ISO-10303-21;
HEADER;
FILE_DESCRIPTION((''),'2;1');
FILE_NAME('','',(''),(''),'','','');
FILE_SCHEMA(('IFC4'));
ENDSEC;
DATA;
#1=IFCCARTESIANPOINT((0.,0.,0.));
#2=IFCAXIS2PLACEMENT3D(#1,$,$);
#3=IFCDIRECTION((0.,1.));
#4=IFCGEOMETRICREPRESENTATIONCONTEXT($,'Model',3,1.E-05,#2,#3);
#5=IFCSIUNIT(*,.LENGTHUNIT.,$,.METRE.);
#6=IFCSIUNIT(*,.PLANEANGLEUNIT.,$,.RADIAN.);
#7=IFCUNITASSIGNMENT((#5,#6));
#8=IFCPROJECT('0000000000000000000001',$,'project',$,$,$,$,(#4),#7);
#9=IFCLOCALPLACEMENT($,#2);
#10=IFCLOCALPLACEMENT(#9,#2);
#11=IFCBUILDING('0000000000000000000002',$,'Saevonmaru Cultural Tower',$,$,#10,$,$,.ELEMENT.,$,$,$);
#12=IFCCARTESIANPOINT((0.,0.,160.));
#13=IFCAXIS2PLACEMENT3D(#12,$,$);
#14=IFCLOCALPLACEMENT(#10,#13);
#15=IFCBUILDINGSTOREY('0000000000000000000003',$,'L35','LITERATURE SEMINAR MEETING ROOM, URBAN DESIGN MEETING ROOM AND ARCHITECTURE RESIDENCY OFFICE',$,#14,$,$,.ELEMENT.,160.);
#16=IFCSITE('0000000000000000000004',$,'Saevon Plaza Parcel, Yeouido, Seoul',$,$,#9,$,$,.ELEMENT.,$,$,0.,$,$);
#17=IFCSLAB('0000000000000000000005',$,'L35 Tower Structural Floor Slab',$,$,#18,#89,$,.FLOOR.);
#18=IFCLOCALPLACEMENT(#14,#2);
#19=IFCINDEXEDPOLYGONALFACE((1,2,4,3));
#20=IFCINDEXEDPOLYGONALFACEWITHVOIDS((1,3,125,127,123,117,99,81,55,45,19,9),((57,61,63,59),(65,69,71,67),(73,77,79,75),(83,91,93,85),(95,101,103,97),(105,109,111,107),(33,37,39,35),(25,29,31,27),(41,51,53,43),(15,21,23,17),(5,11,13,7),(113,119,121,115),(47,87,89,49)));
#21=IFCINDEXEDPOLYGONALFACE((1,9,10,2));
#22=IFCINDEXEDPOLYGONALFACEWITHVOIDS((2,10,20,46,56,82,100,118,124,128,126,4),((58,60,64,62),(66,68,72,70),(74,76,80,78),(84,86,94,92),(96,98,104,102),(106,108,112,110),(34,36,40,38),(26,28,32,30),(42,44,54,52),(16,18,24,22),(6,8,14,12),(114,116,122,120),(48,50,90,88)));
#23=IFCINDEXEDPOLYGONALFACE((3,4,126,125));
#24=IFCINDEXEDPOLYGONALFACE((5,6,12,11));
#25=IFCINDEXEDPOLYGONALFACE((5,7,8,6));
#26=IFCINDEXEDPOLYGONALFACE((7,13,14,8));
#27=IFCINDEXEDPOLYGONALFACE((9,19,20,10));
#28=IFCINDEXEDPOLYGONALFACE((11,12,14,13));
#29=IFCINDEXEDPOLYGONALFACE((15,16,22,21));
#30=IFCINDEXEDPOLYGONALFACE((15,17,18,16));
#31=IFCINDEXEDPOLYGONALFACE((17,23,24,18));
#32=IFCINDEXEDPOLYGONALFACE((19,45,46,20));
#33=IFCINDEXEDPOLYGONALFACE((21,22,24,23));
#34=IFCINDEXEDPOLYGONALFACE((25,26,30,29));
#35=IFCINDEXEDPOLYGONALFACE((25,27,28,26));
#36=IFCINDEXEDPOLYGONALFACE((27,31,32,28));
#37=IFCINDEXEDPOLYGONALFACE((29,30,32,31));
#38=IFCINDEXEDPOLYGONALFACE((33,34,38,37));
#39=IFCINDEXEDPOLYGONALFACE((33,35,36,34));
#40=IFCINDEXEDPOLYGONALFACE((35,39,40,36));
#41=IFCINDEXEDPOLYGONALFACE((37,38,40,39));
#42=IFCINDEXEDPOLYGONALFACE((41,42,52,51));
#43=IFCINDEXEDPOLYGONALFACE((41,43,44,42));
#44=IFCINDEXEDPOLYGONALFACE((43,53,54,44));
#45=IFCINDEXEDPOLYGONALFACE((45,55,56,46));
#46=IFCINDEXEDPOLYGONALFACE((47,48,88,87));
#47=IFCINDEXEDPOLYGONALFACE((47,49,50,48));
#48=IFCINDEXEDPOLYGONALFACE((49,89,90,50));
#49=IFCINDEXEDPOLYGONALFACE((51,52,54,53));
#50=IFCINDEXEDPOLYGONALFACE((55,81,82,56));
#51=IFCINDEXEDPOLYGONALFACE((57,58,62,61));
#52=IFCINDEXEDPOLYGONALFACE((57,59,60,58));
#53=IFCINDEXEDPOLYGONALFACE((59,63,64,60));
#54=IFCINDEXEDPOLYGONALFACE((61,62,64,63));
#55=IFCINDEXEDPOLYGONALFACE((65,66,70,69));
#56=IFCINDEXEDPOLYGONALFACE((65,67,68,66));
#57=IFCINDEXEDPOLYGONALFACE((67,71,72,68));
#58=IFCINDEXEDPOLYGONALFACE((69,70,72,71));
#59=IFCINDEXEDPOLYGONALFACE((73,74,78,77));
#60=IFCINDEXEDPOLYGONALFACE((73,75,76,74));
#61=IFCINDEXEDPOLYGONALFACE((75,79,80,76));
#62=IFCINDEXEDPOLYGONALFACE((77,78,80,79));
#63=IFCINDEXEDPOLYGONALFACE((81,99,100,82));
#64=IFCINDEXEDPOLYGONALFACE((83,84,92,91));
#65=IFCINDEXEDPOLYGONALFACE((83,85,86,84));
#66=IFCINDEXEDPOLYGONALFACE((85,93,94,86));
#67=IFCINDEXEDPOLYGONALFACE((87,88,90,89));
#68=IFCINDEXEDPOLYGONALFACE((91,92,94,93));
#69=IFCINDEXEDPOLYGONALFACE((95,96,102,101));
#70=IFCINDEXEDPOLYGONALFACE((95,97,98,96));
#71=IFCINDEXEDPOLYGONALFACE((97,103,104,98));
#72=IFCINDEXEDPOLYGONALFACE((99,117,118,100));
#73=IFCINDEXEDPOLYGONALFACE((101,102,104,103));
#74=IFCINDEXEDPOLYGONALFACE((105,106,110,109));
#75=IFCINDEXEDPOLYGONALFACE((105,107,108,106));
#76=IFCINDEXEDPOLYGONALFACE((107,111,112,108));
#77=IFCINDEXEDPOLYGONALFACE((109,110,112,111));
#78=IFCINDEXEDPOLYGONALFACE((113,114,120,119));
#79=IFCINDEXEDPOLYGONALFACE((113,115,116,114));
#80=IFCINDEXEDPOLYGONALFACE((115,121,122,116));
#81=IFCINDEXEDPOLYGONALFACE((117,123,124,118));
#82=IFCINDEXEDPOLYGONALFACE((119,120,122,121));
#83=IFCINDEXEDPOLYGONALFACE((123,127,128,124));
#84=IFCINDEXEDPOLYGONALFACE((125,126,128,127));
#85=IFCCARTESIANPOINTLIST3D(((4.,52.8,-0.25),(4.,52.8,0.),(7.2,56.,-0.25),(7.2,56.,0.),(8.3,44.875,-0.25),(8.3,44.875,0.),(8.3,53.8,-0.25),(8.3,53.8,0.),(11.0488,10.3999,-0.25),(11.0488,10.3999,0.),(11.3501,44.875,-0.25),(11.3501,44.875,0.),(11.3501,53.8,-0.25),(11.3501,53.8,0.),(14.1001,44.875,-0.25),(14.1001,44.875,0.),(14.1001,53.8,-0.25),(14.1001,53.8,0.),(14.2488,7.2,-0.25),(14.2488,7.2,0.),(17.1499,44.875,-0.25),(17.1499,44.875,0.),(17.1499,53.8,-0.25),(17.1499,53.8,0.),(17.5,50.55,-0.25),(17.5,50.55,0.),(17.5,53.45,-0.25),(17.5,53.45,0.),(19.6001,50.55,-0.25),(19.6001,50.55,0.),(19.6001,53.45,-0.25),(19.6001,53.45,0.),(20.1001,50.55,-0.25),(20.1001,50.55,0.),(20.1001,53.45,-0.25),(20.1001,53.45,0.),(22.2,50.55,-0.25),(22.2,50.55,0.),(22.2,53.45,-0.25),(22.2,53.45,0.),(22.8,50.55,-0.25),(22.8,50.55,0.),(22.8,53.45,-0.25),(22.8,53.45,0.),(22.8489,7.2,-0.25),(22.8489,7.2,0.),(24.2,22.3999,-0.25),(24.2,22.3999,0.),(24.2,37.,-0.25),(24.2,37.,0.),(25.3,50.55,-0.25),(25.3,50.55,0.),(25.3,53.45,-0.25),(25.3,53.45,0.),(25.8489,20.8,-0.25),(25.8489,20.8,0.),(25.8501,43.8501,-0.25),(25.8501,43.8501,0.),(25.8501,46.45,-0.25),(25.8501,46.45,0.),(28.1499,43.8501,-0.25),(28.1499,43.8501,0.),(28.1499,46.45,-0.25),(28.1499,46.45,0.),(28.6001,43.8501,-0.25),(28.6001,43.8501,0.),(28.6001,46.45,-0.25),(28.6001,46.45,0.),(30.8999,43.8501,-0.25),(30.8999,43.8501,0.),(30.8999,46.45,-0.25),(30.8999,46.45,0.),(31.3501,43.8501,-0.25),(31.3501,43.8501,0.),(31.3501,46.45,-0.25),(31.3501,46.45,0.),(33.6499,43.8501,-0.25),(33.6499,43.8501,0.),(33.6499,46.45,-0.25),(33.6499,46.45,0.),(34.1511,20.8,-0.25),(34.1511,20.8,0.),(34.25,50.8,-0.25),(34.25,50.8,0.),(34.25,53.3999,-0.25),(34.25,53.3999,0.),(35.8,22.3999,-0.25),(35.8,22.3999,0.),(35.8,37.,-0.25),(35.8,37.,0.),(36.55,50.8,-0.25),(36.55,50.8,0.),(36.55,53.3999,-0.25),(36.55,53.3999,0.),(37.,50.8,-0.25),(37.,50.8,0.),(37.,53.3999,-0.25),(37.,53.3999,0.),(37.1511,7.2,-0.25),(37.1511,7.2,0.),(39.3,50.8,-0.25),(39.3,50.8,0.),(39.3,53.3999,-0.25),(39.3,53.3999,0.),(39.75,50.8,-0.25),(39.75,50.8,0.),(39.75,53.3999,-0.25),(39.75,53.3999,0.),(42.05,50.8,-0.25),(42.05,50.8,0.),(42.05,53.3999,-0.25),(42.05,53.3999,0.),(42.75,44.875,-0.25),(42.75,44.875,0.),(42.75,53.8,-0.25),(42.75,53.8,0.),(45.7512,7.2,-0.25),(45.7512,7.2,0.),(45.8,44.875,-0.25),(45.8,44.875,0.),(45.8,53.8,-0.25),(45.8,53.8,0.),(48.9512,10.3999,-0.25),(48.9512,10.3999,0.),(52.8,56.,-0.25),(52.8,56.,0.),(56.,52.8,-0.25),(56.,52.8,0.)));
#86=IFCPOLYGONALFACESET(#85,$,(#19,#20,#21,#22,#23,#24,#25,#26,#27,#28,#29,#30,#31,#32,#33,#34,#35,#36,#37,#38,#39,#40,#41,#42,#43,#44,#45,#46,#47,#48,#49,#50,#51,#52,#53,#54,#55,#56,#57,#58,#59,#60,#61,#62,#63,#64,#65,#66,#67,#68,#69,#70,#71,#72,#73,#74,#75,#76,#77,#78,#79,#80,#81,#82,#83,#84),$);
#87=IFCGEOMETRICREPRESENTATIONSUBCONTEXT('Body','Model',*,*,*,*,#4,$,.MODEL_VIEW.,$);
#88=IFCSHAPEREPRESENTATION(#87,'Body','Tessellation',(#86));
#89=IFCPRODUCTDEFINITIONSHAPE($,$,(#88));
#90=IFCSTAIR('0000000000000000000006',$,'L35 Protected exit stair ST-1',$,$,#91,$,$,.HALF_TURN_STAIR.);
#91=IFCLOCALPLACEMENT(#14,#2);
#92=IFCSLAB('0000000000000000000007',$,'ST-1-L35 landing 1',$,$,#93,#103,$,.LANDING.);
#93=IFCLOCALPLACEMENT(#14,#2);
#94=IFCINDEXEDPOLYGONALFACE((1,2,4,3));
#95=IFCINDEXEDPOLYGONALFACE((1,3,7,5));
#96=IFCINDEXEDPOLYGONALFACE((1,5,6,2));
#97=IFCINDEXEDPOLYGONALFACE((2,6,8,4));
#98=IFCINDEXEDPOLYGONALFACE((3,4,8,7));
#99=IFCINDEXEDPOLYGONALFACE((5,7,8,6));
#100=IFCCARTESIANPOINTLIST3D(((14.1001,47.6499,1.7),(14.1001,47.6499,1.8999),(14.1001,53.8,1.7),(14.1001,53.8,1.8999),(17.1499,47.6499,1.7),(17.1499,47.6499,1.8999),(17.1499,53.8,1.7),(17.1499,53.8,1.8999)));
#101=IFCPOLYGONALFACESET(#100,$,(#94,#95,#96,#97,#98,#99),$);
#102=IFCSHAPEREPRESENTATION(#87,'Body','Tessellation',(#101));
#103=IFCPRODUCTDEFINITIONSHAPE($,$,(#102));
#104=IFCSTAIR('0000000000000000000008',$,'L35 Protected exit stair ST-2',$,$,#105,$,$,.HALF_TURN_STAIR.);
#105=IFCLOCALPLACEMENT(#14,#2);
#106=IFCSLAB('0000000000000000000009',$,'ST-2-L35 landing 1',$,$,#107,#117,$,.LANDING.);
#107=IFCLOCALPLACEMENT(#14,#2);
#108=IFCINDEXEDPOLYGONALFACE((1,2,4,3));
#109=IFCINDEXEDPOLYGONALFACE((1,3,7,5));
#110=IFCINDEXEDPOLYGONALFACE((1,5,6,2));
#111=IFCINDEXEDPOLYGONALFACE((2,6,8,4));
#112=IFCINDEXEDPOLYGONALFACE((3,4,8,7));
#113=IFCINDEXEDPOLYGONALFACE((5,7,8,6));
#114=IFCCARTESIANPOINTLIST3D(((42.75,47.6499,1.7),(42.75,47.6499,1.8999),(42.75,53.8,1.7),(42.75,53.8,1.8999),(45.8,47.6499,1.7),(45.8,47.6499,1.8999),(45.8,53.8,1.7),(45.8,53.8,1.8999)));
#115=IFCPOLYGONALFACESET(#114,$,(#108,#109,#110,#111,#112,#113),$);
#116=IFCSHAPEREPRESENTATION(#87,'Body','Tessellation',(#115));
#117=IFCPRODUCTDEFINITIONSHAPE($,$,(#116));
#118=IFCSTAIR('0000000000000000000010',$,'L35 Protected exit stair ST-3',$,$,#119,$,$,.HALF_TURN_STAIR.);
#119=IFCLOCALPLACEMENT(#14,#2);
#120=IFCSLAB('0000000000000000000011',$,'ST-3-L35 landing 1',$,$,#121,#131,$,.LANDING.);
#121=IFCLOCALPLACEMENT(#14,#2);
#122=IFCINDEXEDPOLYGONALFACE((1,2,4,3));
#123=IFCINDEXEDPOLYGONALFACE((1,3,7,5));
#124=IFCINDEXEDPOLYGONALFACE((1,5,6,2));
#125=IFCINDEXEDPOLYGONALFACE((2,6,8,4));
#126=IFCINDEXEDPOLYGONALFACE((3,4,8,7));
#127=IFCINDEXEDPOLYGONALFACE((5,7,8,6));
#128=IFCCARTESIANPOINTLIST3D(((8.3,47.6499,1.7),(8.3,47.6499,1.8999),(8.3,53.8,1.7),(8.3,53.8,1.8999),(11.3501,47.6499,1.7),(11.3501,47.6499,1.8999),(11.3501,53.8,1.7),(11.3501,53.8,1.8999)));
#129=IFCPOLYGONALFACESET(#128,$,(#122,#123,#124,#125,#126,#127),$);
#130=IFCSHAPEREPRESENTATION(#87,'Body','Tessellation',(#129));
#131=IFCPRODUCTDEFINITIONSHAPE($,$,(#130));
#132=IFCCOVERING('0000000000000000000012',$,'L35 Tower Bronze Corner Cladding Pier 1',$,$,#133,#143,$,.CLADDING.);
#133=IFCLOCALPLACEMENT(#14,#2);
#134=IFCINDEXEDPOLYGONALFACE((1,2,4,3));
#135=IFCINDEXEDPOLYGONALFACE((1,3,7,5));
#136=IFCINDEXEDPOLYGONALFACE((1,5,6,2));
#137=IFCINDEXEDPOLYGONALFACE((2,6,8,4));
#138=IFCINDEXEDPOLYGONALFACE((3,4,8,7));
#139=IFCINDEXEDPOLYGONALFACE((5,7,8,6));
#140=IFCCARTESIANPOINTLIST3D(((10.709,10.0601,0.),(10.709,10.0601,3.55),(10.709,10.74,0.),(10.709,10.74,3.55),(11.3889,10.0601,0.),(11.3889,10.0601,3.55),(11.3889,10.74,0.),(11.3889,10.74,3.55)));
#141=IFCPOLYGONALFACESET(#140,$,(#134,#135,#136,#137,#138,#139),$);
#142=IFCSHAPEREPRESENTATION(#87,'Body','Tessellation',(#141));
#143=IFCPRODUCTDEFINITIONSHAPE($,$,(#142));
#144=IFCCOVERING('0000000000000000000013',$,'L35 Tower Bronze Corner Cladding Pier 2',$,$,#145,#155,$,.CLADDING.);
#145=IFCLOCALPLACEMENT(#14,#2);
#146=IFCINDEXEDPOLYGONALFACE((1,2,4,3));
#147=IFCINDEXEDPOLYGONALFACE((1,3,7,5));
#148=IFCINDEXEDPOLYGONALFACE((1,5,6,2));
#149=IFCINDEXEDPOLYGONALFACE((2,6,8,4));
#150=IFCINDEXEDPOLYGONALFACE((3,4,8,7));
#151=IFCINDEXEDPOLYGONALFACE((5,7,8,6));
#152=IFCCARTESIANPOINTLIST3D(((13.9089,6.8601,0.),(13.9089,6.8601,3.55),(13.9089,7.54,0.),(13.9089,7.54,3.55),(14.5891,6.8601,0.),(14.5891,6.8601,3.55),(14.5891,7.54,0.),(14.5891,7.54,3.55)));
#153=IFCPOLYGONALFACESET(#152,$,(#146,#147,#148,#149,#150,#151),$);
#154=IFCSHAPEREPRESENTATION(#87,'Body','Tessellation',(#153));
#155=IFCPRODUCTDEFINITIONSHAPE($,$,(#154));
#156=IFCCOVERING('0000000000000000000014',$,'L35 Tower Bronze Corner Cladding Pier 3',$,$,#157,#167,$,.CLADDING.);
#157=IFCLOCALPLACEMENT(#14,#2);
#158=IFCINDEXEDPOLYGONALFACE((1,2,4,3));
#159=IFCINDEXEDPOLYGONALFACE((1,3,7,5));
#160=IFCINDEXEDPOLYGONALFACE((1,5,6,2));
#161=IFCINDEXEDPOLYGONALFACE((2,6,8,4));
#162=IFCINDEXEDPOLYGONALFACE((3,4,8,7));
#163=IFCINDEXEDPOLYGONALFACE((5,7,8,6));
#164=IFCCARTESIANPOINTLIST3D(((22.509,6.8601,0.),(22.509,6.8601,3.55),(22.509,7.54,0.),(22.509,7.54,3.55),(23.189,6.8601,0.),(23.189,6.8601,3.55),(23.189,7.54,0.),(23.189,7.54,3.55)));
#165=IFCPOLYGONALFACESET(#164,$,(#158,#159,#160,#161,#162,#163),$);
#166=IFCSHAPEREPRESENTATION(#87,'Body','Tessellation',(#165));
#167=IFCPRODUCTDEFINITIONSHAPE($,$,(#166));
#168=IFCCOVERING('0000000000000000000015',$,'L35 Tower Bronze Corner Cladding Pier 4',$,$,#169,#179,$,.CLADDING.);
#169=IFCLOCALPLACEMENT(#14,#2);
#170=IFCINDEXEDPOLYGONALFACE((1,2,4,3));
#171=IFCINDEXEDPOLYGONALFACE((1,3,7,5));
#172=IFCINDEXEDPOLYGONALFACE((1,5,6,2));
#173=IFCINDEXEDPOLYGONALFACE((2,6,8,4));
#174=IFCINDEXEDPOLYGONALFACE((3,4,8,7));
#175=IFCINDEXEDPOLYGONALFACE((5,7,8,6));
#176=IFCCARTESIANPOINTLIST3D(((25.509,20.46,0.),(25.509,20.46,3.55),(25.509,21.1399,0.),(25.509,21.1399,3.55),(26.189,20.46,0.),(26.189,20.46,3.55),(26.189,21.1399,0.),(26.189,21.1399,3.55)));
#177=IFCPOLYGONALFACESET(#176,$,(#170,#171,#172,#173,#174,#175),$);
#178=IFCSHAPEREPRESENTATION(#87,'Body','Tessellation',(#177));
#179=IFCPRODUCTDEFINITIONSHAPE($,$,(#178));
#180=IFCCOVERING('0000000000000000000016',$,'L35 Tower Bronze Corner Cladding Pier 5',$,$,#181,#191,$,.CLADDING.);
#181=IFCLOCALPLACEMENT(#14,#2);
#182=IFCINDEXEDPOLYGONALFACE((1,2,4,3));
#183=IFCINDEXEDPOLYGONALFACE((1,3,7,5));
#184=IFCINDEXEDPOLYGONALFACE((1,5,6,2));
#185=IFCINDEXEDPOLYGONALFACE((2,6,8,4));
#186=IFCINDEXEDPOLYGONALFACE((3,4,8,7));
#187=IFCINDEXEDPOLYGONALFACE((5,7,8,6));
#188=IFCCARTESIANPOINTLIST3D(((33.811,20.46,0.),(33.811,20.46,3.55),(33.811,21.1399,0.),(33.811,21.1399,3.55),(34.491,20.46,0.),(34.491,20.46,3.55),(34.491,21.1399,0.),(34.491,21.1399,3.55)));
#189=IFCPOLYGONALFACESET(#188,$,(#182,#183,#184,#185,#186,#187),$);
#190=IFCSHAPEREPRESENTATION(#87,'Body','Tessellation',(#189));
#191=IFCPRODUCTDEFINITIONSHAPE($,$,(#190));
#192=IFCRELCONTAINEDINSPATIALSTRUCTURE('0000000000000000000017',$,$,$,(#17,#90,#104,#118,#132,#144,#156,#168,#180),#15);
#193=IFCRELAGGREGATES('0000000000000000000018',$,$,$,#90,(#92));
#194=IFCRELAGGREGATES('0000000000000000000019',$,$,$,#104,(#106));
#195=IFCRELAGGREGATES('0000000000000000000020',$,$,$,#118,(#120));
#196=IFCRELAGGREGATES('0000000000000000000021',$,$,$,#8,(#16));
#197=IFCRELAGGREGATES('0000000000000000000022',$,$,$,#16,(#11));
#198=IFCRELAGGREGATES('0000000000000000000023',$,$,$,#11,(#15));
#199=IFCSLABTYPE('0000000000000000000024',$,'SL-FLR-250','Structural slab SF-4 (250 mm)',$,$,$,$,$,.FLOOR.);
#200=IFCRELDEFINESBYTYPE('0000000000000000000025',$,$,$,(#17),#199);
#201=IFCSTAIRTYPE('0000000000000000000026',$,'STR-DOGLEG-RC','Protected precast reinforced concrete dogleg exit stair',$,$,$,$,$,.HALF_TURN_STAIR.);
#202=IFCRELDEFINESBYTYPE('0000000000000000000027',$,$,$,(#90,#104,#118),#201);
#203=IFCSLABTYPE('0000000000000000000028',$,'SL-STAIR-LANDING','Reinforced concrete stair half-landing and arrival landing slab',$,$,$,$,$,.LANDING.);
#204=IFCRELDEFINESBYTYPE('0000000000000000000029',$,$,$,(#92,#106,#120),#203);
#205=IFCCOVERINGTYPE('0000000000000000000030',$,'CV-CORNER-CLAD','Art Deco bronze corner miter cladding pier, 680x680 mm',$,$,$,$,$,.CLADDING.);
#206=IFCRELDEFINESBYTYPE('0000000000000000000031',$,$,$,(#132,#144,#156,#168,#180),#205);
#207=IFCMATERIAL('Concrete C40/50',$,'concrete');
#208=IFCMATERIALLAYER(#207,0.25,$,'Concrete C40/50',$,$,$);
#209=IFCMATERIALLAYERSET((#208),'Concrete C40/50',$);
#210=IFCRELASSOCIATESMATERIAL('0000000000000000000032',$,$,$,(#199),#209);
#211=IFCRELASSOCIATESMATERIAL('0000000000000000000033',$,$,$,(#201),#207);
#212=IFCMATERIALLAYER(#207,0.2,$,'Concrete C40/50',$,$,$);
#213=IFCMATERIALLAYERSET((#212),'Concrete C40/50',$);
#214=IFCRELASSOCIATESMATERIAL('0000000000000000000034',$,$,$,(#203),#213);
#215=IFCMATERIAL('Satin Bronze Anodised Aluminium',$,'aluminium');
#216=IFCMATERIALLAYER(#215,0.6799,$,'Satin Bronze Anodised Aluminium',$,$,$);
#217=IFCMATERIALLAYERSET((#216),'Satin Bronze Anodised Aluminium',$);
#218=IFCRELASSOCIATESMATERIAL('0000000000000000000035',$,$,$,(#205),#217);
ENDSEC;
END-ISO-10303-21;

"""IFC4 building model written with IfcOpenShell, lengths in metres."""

from ifc_helpers import new_model, si_unit, direction, frame, origin, place, context, subcontext, project, spatial, polyline, outline, extrude, material, layer, layer_set, type_object, element, aggregate, save


model = new_model("IFC4")

# Units and contexts
model_context = context("Model", 3, precision=1e-05, world=origin(), true_north=direction((0.0, 1.0)))
body_context = subcontext(model_context, "Body", "Model", "MODEL_VIEW")
ifc_project = project(units=[si_unit("LENGTHUNIT", "METRE"), si_unit("PLANEANGLEUNIT", "RADIAN")], contexts=[model_context])

# Site, building, storey
site_placement = place(None, origin())
site = spatial("IfcSite", under=ifc_project, at=site_placement, Name="Saevon Plaza Parcel, Yeouido, Seoul", CompositionType="ELEMENT", RefElevation=0.0)
building_placement = place(site_placement, origin())
building = spatial("IfcBuilding", under=site, at=building_placement, Name="Saevonmaru Cultural Tower", CompositionType="ELEMENT")
storey_placement = place(building_placement, frame((0.0, 0.0, 160.0)))
storey = spatial("IfcBuildingStorey", under=building, at=storey_placement, Name="L35", Description="LITERATURE SEMINAR MEETING ROOM, URBAN DESIGN MEETING ROOM AND ARCHITECTURE RESIDENCY OFFICE", CompositionType="ELEMENT", Elevation=160.0)

# Shared definitions
ifc_material_1 = material(Name="Satin Bronze Anodised Aluminium", Category="aluminium")

# Slab
ifc_material_2 = material(Name="Concrete C40/50", Category="concrete")
ifc_layer_1 = layer(ifc_material_2, 0.25, Name="Concrete C40/50")
ifc_layer_set_1 = layer_set([ifc_layer_1], Name="Concrete C40/50")
slab_type_1 = type_object("IfcSlabType", Name="SL-FLR-250", Description="Structural slab SF-4 (250 mm)", PredefinedType="FLOOR", material=ifc_layer_set_1)
slab_1_placement = place(storey_placement, frame((0.0, 0.0, -0.25)))
element("IfcSlab", 1, at=slab_1_placement, inside=storey, type_object=slab_type_1, Name="L35 Tower Structural Floor Slab", PredefinedType="FLOOR", context=body_context, shape_type="SweptSolid", body=[
    extrude(outline(polyline([(11.0488, 10.3999), (14.2488, 7.2), (22.8489, 7.2), (25.8489, 20.8), (34.1511, 20.8), (37.1511, 7.2), (45.7512, 7.2), (48.9512, 10.3999), (56.0, 52.8), (52.8, 56.0), (7.2, 56.0), (4.0, 52.8), (11.0488, 10.3999)]), holes=[polyline([(45.8, 44.875), (42.75, 44.875), (42.75, 53.8), (45.8, 53.8), (45.8, 44.875)]), polyline([(39.75, 50.8), (39.75, 53.3999), (42.05, 53.3999), (42.05, 50.8), (39.75, 50.8)]), polyline([(37.0, 50.8), (37.0, 53.3999), (39.3, 53.3999), (39.3, 50.8), (37.0, 50.8)]), polyline([(34.25, 50.8), (34.25, 53.3999), (36.55, 53.3999), (36.55, 50.8), (34.25, 50.8)]), polyline([(24.2, 22.3999), (24.2, 37.0), (35.8, 37.0), (35.8, 22.3999), (24.2, 22.3999)]), polyline([(31.3501, 43.8501), (31.3501, 46.45), (33.6499, 46.45), (33.6499, 43.8501), (31.3501, 43.8501)]), polyline([(28.6001, 43.8501), (28.6001, 46.45), (30.8999, 46.45), (30.8999, 43.8501), (28.6001, 43.8501)]), polyline([(28.1499, 43.8501), (25.8501, 43.8501), (25.8501, 46.45), (28.1499, 46.45), (28.1499, 43.8501)]), polyline([(25.3, 50.55), (22.8, 50.55), (22.8, 53.45), (25.3, 53.45), (25.3, 50.55)]), polyline([(20.1001, 50.55), (20.1001, 53.45), (22.2, 53.45), (22.2, 50.55), (20.1001, 50.55)]), polyline([(17.5, 50.55), (17.5, 53.45), (19.6001, 53.45), (19.6001, 50.55), (17.5, 50.55)]), polyline([(17.1499, 53.8), (17.1499, 44.875), (14.1001, 44.875), (14.1001, 53.8), (17.1499, 53.8)]), polyline([(11.3501, 44.875), (8.3, 44.875), (8.3, 53.8), (11.3501, 53.8), (11.3501, 44.875)])]), origin(), (0.0, 0.0, 1.0), 0.25),
])

# Stairs, slabs
stair_type = type_object("IfcStairType", Name="STR-DOGLEG-RC", Description="Protected precast reinforced concrete dogleg exit stair", PredefinedType="HALF_TURN_STAIR", material=ifc_material_2)
stair_1_placement = place(storey_placement, origin())
stair_1 = element("IfcStair", 2, at=stair_1_placement, inside=storey, type_object=stair_type, Name="L35 Protected exit stair ST-1", PredefinedType="HALF_TURN_STAIR")
ifc_layer_2 = layer(ifc_material_2, 0.2, Name="Concrete C40/50")
ifc_layer_set_2 = layer_set([ifc_layer_2], Name="Concrete C40/50")
slab_type_2 = type_object("IfcSlabType", Name="SL-STAIR-LANDING", Description="Reinforced concrete stair half-landing and arrival landing slab", PredefinedType="LANDING", material=ifc_layer_set_2)
slab_2_placement = place(storey_placement, frame((0.0, 0.0, 1.7)))
slab_2 = element("IfcSlab", 3, at=slab_2_placement, type_object=slab_type_2, Name="ST-1-L35 landing 1", PredefinedType="LANDING", context=body_context, shape_type="SweptSolid", body=[
    extrude(outline(polyline([(17.1499, 47.6499), (17.1499, 53.8), (14.1001, 53.8), (14.1001, 47.6499), (17.1499, 47.6499)])), origin(), (0.0, 0.0, 1.0), 0.2),
])
aggregate(stair_1, [slab_2])
stair_2_placement = place(storey_placement, origin())
stair_2 = element("IfcStair", 4, at=stair_2_placement, inside=storey, type_object=stair_type, Name="L35 Protected exit stair ST-2", PredefinedType="HALF_TURN_STAIR")
slab_3_placement = place(storey_placement, frame((0.0, 0.0, 1.7)))
slab_3 = element("IfcSlab", 5, at=slab_3_placement, type_object=slab_type_2, Name="ST-2-L35 landing 1", PredefinedType="LANDING", context=body_context, shape_type="SweptSolid", body=[
    extrude(outline(polyline([(45.8, 47.6499), (45.8, 53.8), (42.75, 53.8), (42.75, 47.6499), (45.8, 47.6499)])), origin(), (0.0, 0.0, 1.0), 0.2),
])
aggregate(stair_2, [slab_3])
stair_3_placement = place(storey_placement, origin())
stair_3 = element("IfcStair", 6, at=stair_3_placement, inside=storey, type_object=stair_type, Name="L35 Protected exit stair ST-3", PredefinedType="HALF_TURN_STAIR")
slab_4_placement = place(storey_placement, frame((0.0, 0.0, 1.7)))
slab_4 = element("IfcSlab", 7, at=slab_4_placement, type_object=slab_type_2, Name="ST-3-L35 landing 1", PredefinedType="LANDING", context=body_context, shape_type="SweptSolid", body=[
    extrude(outline(polyline([(11.3501, 47.6499), (11.3501, 53.8), (8.3, 53.8), (8.3, 47.6499), (11.3501, 47.6499)])), origin(), (0.0, 0.0, 1.0), 0.2),
])
aggregate(stair_3, [slab_4])

# Coverings
ifc_layer_3 = layer(ifc_material_1, 0.6799, Name="Satin Bronze Anodised Aluminium")
ifc_layer_set_3 = layer_set([ifc_layer_3], Name="Satin Bronze Anodised Aluminium")
covering_type = type_object("IfcCoveringType", Name="CV-CORNER-CLAD", Description="Art Deco bronze corner miter cladding pier, 680x680 mm", PredefinedType="CLADDING", material=ifc_layer_set_3)
covering_1_placement = place(storey_placement, origin())
element("IfcCovering", 8, at=covering_1_placement, inside=storey, type_object=covering_type, Name="L35 Tower Bronze Corner Cladding Pier 1", PredefinedType="CLADDING", context=body_context, shape_type="SweptSolid", body=[
    extrude(outline(polyline([(10.709, 10.0601), (11.3889, 10.0601), (11.3889, 10.74), (10.709, 10.74), (10.709, 10.0601)])), origin(), (0.0, 0.0, 1.0), 3.55),
])
covering_2_placement = place(storey_placement, origin())
element("IfcCovering", 9, at=covering_2_placement, inside=storey, type_object=covering_type, Name="L35 Tower Bronze Corner Cladding Pier 2", PredefinedType="CLADDING", context=body_context, shape_type="SweptSolid", body=[
    extrude(outline(polyline([(13.9089, 6.8601), (14.5891, 6.8601), (14.5891, 7.54), (13.9089, 7.54), (13.9089, 6.8601)])), origin(), (0.0, 0.0, 1.0), 3.55),
])
covering_3_placement = place(storey_placement, origin())
element("IfcCovering", 10, at=covering_3_placement, inside=storey, type_object=covering_type, Name="L35 Tower Bronze Corner Cladding Pier 3", PredefinedType="CLADDING", context=body_context, shape_type="SweptSolid", body=[
    extrude(outline(polyline([(22.509, 6.8601), (23.189, 6.8601), (23.189, 7.54), (22.509, 7.54), (22.509, 6.8601)])), origin(), (0.0, 0.0, 1.0), 3.55),
])
covering_4_placement = place(storey_placement, origin())
element("IfcCovering", 11, at=covering_4_placement, inside=storey, type_object=covering_type, Name="L35 Tower Bronze Corner Cladding Pier 4", PredefinedType="CLADDING", context=body_context, shape_type="SweptSolid", body=[
    extrude(outline(polyline([(25.509, 20.46), (26.189, 20.46), (26.189, 21.1399), (25.509, 21.1399), (25.509, 20.46)])), origin(), (0.0, 0.0, 1.0), 3.55),
])
covering_5_placement = place(storey_placement, origin())
element("IfcCovering", 12, at=covering_5_placement, inside=storey, type_object=covering_type, Name="L35 Tower Bronze Corner Cladding Pier 5", PredefinedType="CLADDING", context=body_context, shape_type="SweptSolid", body=[
    extrude(outline(polyline([(33.811, 20.46), (34.491, 20.46), (34.491, 21.1399), (33.811, 21.1399), (33.811, 20.46)])), origin(), (0.0, 0.0, 1.0), 3.55),
])

save(model, "model.ifc")
